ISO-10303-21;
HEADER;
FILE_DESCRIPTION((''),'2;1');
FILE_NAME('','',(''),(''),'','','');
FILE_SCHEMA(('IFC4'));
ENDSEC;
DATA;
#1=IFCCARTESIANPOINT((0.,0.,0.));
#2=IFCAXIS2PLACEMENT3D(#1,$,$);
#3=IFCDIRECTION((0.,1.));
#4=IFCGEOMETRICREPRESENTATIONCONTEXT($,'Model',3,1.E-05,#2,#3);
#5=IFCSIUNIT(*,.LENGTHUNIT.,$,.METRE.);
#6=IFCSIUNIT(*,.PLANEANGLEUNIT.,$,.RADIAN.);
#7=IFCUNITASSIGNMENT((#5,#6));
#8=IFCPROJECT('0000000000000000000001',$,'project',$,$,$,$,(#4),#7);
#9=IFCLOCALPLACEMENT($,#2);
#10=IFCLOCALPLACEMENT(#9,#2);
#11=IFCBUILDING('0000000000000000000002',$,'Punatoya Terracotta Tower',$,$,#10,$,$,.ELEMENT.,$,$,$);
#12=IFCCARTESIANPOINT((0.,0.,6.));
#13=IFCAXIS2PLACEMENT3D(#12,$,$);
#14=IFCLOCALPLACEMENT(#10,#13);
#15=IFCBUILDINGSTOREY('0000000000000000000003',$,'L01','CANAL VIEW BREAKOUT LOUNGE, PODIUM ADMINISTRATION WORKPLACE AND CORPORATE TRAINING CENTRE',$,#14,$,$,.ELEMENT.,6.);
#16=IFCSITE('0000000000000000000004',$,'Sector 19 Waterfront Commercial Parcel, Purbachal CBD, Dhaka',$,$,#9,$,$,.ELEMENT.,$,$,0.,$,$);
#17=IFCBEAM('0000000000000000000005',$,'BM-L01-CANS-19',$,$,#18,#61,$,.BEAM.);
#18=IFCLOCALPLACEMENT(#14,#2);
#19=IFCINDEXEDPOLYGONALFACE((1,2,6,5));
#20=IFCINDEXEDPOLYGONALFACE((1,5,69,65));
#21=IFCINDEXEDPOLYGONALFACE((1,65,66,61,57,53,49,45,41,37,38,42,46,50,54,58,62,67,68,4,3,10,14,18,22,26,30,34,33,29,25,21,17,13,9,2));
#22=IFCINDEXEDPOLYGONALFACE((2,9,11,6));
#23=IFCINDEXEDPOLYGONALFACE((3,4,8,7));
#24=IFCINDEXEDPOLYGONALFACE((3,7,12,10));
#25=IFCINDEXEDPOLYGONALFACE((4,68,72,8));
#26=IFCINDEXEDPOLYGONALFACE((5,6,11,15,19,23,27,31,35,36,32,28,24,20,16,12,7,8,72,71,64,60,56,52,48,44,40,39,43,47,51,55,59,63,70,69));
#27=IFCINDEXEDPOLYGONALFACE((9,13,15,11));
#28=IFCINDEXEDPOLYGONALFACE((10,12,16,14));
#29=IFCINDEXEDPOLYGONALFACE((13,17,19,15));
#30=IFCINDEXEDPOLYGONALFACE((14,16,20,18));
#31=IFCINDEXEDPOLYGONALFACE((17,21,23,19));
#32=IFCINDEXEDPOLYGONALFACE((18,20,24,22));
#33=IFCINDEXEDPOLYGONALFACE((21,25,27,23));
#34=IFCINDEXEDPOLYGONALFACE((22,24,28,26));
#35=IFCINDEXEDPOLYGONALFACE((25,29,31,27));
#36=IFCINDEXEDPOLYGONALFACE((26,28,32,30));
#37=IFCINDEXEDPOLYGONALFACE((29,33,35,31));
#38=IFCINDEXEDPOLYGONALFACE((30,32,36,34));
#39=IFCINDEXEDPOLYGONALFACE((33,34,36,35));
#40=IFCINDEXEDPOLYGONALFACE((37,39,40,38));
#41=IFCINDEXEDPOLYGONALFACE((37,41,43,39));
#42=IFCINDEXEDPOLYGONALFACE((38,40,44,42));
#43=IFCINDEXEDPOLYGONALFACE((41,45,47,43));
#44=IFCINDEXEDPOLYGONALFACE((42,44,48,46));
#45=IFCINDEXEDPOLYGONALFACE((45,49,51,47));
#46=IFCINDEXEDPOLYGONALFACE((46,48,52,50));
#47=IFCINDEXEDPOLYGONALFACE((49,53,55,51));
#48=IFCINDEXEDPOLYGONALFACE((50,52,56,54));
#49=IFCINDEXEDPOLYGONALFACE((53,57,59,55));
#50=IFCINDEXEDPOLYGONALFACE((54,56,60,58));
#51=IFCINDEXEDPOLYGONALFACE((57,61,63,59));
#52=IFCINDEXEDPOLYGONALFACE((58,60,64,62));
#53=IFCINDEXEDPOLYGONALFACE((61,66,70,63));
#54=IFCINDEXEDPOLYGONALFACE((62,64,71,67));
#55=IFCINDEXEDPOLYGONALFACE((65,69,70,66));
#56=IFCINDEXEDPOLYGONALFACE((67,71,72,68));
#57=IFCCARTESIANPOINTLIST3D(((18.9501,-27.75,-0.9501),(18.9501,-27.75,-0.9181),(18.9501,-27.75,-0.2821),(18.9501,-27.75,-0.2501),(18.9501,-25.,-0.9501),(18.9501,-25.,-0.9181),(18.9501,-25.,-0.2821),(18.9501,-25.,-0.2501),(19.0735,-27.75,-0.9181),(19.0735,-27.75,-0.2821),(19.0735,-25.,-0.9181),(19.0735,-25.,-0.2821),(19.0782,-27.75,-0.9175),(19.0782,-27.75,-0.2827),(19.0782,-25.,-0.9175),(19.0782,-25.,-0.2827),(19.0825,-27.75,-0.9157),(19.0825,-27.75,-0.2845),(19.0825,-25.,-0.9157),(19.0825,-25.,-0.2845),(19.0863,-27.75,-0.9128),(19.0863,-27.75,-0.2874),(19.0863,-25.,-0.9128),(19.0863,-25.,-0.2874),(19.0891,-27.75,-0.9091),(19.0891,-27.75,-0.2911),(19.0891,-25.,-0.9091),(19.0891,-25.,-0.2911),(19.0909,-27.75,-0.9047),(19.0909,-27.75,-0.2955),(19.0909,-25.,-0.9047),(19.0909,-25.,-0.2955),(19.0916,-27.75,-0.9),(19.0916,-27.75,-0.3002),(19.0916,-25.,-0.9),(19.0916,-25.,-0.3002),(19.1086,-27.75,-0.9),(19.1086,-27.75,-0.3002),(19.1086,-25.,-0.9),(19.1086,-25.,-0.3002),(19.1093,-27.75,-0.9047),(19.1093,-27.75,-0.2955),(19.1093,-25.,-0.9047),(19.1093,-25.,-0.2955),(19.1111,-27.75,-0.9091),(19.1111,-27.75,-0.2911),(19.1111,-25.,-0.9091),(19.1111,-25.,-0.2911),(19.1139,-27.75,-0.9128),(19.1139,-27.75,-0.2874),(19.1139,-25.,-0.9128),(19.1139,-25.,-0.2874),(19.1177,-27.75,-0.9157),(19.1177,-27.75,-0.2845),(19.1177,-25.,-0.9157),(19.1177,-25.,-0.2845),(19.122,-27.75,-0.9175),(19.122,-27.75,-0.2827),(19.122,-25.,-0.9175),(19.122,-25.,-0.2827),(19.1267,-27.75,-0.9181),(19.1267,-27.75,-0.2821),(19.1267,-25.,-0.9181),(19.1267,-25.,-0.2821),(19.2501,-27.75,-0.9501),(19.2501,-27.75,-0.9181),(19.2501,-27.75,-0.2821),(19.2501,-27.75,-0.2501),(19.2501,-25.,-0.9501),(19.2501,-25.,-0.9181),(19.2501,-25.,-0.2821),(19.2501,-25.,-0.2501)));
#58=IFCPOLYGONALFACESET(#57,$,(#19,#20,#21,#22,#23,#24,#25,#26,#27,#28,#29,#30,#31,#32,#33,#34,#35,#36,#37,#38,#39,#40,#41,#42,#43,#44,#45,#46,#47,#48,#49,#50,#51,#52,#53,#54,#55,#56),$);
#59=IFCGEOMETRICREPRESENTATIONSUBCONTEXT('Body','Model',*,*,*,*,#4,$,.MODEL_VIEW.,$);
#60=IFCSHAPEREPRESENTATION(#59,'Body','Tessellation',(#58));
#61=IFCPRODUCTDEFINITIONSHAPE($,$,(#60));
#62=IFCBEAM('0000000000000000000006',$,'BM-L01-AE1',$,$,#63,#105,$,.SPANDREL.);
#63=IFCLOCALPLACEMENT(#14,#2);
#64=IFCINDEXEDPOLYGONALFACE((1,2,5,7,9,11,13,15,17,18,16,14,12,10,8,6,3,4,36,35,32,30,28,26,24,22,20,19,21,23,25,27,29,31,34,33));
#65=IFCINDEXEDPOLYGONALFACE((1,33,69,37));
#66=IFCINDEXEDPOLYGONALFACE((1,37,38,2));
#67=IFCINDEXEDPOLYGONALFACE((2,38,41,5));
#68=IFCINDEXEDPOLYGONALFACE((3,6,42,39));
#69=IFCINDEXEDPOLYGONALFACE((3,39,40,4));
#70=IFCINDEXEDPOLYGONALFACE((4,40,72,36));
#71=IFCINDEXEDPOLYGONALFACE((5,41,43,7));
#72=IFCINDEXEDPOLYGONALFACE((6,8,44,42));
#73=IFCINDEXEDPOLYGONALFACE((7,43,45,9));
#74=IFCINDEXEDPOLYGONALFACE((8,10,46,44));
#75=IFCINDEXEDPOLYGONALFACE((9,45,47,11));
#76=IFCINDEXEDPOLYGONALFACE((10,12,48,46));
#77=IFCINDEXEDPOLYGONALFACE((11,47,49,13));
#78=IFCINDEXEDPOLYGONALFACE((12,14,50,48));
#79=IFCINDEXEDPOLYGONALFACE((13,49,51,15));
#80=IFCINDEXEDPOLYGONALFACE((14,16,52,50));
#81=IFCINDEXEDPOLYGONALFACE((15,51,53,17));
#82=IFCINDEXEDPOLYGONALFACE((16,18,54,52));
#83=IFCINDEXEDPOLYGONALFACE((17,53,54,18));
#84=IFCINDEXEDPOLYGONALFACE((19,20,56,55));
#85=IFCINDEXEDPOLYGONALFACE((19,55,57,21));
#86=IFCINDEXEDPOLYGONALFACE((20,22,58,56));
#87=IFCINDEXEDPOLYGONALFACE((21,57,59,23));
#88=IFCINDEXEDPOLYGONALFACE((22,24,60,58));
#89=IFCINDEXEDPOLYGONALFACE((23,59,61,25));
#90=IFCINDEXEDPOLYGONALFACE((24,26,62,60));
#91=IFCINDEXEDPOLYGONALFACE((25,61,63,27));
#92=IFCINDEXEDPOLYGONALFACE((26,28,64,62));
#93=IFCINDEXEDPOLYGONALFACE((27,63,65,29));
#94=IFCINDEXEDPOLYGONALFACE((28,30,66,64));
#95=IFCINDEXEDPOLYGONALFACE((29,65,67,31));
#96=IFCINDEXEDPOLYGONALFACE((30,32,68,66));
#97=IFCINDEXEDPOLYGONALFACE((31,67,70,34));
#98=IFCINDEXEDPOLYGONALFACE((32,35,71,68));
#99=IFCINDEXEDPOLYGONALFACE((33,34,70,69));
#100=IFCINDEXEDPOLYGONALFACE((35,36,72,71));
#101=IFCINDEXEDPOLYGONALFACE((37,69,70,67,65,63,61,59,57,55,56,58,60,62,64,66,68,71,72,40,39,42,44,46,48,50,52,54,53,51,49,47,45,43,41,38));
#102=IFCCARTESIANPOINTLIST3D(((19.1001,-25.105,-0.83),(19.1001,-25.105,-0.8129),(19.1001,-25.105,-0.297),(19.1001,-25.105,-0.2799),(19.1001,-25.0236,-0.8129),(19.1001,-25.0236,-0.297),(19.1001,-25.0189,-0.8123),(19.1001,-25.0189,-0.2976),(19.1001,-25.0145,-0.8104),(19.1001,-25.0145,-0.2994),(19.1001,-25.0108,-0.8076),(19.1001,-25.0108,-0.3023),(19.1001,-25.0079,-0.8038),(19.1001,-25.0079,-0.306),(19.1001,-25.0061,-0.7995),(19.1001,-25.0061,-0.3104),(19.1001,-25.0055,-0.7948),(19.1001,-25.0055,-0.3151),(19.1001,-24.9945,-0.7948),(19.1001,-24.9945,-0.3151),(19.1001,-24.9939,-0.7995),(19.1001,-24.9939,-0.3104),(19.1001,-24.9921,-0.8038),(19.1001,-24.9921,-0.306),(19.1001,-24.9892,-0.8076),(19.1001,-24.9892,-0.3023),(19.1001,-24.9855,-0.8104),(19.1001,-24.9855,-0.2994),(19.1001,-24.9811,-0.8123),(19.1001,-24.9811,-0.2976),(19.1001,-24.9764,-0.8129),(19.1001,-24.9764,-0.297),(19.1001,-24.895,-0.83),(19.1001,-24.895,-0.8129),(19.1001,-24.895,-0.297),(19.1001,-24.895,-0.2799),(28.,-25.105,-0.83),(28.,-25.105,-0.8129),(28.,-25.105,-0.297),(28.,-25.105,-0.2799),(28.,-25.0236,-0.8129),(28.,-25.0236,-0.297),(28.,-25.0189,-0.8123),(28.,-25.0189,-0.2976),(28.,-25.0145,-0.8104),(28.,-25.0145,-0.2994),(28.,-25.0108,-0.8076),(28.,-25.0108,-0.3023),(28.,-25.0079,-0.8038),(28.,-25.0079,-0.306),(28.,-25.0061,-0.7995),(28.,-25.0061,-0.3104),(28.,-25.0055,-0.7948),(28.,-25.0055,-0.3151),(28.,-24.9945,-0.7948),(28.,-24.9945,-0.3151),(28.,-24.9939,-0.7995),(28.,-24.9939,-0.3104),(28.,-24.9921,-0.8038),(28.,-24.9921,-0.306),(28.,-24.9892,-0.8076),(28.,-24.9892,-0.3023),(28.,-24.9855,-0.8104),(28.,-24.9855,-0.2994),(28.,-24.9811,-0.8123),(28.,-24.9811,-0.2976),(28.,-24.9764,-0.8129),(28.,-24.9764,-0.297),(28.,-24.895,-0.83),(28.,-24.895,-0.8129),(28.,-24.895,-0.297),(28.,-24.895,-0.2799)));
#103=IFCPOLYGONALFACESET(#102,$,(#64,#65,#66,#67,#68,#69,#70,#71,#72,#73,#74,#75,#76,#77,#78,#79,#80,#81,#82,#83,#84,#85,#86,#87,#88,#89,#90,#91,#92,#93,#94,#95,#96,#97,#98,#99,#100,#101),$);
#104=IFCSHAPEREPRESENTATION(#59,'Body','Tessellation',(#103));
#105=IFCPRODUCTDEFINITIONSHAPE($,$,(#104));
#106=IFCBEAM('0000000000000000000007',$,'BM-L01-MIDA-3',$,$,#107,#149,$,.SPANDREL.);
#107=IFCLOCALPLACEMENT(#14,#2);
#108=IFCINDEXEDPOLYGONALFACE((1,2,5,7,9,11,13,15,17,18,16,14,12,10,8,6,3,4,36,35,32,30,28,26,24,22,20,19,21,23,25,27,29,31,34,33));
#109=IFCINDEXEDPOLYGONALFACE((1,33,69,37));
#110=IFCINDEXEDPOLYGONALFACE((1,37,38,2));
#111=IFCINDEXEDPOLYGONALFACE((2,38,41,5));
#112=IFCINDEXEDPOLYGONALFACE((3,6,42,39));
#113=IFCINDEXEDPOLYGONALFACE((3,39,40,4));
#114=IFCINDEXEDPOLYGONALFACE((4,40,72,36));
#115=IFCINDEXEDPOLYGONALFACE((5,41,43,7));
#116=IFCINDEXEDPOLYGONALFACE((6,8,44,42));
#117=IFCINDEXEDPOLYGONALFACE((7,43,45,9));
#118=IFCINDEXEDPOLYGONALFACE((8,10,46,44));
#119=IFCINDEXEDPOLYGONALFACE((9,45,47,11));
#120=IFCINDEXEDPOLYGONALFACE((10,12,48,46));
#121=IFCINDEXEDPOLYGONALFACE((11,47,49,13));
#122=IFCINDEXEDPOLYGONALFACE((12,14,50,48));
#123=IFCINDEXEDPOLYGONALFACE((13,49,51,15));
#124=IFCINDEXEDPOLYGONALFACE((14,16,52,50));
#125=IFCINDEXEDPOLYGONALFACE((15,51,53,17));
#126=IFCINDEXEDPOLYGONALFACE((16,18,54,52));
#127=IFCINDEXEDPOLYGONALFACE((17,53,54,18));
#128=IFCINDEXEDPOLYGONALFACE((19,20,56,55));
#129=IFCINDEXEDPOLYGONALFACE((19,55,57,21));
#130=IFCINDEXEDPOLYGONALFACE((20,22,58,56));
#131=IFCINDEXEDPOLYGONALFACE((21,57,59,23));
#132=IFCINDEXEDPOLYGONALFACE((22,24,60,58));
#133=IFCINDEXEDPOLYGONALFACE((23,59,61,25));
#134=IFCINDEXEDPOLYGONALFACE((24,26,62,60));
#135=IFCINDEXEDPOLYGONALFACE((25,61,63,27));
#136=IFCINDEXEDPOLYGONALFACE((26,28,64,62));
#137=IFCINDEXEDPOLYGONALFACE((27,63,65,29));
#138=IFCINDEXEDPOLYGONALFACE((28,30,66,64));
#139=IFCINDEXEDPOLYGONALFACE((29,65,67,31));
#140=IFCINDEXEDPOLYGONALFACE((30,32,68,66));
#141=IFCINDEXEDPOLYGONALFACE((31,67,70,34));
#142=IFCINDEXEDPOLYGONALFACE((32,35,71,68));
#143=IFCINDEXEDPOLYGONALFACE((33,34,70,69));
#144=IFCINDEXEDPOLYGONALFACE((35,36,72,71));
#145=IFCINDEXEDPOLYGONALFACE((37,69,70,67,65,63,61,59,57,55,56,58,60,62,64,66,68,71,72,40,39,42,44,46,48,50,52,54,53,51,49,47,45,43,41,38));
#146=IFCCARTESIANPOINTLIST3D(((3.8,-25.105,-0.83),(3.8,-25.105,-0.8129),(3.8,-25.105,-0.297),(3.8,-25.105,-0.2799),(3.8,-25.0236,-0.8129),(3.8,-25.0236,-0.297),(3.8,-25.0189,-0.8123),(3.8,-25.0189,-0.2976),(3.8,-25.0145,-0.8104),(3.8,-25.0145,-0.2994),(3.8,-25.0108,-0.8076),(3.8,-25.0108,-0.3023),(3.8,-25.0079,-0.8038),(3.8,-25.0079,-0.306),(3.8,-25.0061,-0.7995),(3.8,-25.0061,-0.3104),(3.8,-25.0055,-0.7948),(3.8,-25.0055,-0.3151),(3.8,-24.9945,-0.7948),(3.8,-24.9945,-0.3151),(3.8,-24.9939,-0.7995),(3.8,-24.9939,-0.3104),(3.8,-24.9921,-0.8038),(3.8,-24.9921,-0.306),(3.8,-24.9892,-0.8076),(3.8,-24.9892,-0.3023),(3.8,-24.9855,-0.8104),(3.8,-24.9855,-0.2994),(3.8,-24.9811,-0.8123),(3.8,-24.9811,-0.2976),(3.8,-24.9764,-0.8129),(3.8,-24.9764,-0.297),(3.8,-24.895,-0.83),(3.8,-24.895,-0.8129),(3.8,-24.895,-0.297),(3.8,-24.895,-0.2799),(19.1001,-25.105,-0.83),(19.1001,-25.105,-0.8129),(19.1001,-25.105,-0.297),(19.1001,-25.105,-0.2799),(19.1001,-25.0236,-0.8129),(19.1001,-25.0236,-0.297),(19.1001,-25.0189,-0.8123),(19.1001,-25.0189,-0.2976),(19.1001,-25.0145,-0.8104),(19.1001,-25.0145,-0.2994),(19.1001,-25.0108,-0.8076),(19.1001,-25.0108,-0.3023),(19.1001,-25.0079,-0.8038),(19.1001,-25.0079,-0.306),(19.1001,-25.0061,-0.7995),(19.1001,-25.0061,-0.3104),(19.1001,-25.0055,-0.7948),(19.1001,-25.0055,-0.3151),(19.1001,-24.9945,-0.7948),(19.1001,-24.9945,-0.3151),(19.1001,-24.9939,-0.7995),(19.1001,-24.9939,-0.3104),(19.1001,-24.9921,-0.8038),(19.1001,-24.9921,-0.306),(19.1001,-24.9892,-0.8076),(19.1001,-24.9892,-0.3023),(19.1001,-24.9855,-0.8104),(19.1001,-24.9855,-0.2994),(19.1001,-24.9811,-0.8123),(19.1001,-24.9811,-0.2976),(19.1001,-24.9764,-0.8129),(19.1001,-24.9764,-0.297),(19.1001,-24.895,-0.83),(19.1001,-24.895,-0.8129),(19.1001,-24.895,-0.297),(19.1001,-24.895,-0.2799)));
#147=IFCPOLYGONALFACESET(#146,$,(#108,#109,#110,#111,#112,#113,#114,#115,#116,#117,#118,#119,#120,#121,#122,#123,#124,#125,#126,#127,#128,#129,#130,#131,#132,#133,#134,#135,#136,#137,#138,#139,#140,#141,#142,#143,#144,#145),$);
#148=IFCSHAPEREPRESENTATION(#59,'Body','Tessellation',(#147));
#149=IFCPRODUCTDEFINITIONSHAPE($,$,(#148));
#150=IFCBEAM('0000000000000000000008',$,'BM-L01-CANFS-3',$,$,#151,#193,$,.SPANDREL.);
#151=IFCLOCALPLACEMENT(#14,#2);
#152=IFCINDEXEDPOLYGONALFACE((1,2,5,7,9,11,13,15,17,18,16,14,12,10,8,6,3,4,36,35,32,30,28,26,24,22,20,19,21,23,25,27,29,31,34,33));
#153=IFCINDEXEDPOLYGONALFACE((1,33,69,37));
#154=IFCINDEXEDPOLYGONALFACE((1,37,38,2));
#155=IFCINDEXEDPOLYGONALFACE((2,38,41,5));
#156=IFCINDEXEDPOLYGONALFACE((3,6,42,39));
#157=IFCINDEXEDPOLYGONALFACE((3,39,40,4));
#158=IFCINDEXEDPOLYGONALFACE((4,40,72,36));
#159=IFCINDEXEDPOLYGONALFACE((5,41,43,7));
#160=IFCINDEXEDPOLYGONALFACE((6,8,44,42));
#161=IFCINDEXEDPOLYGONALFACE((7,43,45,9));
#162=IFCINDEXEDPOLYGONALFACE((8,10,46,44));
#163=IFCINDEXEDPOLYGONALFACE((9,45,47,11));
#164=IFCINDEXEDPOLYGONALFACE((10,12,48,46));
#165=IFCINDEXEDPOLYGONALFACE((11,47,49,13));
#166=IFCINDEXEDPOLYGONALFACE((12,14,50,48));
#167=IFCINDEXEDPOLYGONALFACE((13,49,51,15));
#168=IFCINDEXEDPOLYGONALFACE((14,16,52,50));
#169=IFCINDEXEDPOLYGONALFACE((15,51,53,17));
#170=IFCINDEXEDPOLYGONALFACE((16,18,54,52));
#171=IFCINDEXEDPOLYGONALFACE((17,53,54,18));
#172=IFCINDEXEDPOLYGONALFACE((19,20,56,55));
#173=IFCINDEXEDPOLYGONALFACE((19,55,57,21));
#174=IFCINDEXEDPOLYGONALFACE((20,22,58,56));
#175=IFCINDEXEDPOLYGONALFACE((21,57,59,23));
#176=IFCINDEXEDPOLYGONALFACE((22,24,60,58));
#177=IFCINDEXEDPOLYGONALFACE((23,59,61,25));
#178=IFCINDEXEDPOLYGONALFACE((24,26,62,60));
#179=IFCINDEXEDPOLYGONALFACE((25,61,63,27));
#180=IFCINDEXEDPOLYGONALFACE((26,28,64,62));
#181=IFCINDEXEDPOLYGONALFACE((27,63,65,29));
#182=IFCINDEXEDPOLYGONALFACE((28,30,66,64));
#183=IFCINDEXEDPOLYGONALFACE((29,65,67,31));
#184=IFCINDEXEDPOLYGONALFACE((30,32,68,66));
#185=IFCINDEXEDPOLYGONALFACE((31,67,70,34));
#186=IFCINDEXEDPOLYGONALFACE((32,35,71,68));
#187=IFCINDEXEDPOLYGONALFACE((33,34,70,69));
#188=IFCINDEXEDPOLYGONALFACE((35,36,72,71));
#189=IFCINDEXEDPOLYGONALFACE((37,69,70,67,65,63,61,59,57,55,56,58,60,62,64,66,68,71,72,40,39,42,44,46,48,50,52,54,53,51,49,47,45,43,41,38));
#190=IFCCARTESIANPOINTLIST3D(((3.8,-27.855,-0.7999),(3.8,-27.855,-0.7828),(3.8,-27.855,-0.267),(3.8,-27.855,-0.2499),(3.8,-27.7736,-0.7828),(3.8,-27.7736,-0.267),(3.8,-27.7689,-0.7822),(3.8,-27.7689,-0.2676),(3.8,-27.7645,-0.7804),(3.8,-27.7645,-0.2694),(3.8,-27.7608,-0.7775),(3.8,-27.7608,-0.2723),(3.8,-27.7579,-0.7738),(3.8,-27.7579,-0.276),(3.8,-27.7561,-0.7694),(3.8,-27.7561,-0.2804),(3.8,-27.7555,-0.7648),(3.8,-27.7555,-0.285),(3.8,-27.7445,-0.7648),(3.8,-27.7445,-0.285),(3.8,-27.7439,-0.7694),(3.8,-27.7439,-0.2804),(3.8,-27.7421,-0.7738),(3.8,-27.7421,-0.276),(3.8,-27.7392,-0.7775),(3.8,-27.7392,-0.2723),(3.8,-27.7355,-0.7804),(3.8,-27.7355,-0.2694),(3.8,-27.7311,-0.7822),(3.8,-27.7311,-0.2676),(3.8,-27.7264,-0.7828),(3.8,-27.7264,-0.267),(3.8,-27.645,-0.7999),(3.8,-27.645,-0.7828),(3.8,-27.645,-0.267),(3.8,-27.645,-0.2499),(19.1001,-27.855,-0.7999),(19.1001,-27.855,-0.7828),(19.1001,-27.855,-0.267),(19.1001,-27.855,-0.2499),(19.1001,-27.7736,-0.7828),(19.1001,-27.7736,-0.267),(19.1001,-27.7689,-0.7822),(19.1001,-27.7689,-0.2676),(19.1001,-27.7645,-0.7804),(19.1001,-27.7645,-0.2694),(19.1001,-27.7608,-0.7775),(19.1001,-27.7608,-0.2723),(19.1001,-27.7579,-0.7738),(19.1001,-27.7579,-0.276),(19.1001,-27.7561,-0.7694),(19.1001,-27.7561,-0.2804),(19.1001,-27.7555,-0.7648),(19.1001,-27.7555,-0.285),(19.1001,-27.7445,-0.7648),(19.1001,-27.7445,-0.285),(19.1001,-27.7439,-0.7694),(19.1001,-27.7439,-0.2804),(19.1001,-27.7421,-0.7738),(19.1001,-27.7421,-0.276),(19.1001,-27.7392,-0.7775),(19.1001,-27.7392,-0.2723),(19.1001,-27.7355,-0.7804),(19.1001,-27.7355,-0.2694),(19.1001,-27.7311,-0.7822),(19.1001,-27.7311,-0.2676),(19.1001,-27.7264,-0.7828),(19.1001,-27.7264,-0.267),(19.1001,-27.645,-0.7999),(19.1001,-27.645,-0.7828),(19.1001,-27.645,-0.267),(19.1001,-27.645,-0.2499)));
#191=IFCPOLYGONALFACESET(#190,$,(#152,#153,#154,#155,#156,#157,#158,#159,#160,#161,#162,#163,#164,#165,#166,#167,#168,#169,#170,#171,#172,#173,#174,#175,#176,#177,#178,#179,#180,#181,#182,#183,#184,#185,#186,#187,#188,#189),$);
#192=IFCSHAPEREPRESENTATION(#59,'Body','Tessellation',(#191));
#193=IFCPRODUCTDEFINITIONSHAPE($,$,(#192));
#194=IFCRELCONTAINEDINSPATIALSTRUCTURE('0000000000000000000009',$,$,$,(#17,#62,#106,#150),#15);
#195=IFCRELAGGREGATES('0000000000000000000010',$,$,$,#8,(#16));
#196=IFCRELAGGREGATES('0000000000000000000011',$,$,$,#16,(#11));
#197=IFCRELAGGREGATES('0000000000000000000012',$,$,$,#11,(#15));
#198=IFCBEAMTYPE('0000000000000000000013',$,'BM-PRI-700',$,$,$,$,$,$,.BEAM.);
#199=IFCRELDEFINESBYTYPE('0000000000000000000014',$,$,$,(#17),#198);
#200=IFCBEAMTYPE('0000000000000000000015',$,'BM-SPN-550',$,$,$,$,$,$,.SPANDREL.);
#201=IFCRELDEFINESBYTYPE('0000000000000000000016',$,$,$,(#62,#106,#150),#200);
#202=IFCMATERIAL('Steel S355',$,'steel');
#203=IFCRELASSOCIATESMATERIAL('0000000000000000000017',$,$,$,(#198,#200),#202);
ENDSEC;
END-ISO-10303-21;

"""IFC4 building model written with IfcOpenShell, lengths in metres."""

from ifc_helpers import new_model, si_unit, direction, frame, origin, origin_2d, place, context, subcontext, project, spatial, i_section, extrude, material, material_profile, profile_set, type_object, element, save


model = new_model("IFC4")

# Units and contexts
model_context = context("Model", 3, precision=1e-05, world=origin(), true_north=direction((0.0, 1.0)))
body_context = subcontext(model_context, "Body", "Model", "MODEL_VIEW")
ifc_project = project(units=[si_unit("LENGTHUNIT", "METRE"), si_unit("PLANEANGLEUNIT", "RADIAN")], contexts=[model_context])

# Site, building, storey
site_placement = place(None, origin())
site = spatial("IfcSite", under=ifc_project, at=site_placement, Name="Sector 19 Waterfront Commercial Parcel, Purbachal CBD, Dhaka", CompositionType="ELEMENT", RefElevation=0.0)
building_placement = place(site_placement, origin())
building = spatial("IfcBuilding", under=site, at=building_placement, Name="Punatoya Terracotta Tower", CompositionType="ELEMENT")
storey_placement = place(building_placement, frame((0.0, 0.0, 6.0)))
storey = spatial("IfcBuildingStorey", under=building, at=storey_placement, Name="L01", Description="CANAL VIEW BREAKOUT LOUNGE, PODIUM ADMINISTRATION WORKPLACE AND CORPORATE TRAINING CENTRE", CompositionType="ELEMENT", Elevation=6.0)

# Beams
ifc_material_1 = material(Name="Steel S355", Category="steel")
ifc_material_profile_1 = material_profile(ifc_material_1, i_section(OverallWidth=0.3, OverallDepth=0.7, WebThickness=0.0171, FlangeThickness=0.032, FilletRadius=0.0181, at=origin_2d()))
ifc_profile_set_1 = profile_set([ifc_material_profile_1], Name="Steel S355")
beam_type_1 = type_object("IfcBeamType", Name="BM-PRI-700", PredefinedType="BEAM", material=ifc_profile_set_1)
for number, where, z_axis, x_axis, name in (
    (1, (19.1001, -27.75, -0.6001), (0.0, 1.0, 0.0), (-1.0, 0.0, 0.0), "BM-L01-CANS-19"),
):
    element("IfcBeam", number, at=place(storey_placement, frame(where, z_axis=z_axis, x_axis=x_axis)), inside=storey, type_object=beam_type_1, Name=name, PredefinedType="BEAM", context=body_context, shape_type="SweptSolid", body=[
        extrude(i_section(OverallWidth=0.3, OverallDepth=0.7, WebThickness=0.0171, FlangeThickness=0.032, FilletRadius=0.0181, at=origin_2d()), origin(), (0.0, 0.0, 1.0), 2.75),
    ])
ifc_material_profile_2 = material_profile(ifc_material_1, i_section(OverallWidth=0.21, OverallDepth=0.55, WebThickness=0.011, FlangeThickness=0.0171, FilletRadius=0.0181, at=origin_2d()))
ifc_profile_set_2 = profile_set([ifc_material_profile_2], Name="Steel S355")
beam_type_2 = type_object("IfcBeamType", Name="BM-SPN-550", PredefinedType="SPANDREL", material=ifc_profile_set_2)
beam_placement = place(storey_placement, frame((19.1001, -25.0, -0.5549), z_axis=(1.0, 0.0, 0.0), x_axis=(0.0, 1.0, 0.0)))
element("IfcBeam", 2, at=beam_placement, inside=storey, type_object=beam_type_2, Name="BM-L01-AE1", PredefinedType="SPANDREL", context=body_context, shape_type="SweptSolid", body=[
    extrude(i_section(OverallWidth=0.21, OverallDepth=0.55, WebThickness=0.011, FlangeThickness=0.0171, FilletRadius=0.0181, at=origin_2d()), origin(), (0.0, 0.0, 1.0), 8.8999),
])
for number, where, z_axis, x_axis, name in (
    (3, (3.8, -25.0, -0.5549), (1.0, 0.0, 0.0), (0.0, 1.0, 0.0), "BM-L01-MIDA-3"),
    (4, (3.8, -27.75, -0.5249), (1.0, 0.0, 0.0), (0.0, 1.0, 0.0), "BM-L01-CANFS-3"),
):
    element("IfcBeam", number, at=place(storey_placement, frame(where, z_axis=z_axis, x_axis=x_axis)), inside=storey, type_object=beam_type_2, Name=name, PredefinedType="SPANDREL", context=body_context, shape_type="SweptSolid", body=[
        extrude(i_section(OverallWidth=0.21, OverallDepth=0.55, WebThickness=0.011, FlangeThickness=0.0171, FilletRadius=0.0181, at=origin_2d()), origin(), (0.0, 0.0, 1.0), 15.3),
    ])

save(model, "model.ifc")
